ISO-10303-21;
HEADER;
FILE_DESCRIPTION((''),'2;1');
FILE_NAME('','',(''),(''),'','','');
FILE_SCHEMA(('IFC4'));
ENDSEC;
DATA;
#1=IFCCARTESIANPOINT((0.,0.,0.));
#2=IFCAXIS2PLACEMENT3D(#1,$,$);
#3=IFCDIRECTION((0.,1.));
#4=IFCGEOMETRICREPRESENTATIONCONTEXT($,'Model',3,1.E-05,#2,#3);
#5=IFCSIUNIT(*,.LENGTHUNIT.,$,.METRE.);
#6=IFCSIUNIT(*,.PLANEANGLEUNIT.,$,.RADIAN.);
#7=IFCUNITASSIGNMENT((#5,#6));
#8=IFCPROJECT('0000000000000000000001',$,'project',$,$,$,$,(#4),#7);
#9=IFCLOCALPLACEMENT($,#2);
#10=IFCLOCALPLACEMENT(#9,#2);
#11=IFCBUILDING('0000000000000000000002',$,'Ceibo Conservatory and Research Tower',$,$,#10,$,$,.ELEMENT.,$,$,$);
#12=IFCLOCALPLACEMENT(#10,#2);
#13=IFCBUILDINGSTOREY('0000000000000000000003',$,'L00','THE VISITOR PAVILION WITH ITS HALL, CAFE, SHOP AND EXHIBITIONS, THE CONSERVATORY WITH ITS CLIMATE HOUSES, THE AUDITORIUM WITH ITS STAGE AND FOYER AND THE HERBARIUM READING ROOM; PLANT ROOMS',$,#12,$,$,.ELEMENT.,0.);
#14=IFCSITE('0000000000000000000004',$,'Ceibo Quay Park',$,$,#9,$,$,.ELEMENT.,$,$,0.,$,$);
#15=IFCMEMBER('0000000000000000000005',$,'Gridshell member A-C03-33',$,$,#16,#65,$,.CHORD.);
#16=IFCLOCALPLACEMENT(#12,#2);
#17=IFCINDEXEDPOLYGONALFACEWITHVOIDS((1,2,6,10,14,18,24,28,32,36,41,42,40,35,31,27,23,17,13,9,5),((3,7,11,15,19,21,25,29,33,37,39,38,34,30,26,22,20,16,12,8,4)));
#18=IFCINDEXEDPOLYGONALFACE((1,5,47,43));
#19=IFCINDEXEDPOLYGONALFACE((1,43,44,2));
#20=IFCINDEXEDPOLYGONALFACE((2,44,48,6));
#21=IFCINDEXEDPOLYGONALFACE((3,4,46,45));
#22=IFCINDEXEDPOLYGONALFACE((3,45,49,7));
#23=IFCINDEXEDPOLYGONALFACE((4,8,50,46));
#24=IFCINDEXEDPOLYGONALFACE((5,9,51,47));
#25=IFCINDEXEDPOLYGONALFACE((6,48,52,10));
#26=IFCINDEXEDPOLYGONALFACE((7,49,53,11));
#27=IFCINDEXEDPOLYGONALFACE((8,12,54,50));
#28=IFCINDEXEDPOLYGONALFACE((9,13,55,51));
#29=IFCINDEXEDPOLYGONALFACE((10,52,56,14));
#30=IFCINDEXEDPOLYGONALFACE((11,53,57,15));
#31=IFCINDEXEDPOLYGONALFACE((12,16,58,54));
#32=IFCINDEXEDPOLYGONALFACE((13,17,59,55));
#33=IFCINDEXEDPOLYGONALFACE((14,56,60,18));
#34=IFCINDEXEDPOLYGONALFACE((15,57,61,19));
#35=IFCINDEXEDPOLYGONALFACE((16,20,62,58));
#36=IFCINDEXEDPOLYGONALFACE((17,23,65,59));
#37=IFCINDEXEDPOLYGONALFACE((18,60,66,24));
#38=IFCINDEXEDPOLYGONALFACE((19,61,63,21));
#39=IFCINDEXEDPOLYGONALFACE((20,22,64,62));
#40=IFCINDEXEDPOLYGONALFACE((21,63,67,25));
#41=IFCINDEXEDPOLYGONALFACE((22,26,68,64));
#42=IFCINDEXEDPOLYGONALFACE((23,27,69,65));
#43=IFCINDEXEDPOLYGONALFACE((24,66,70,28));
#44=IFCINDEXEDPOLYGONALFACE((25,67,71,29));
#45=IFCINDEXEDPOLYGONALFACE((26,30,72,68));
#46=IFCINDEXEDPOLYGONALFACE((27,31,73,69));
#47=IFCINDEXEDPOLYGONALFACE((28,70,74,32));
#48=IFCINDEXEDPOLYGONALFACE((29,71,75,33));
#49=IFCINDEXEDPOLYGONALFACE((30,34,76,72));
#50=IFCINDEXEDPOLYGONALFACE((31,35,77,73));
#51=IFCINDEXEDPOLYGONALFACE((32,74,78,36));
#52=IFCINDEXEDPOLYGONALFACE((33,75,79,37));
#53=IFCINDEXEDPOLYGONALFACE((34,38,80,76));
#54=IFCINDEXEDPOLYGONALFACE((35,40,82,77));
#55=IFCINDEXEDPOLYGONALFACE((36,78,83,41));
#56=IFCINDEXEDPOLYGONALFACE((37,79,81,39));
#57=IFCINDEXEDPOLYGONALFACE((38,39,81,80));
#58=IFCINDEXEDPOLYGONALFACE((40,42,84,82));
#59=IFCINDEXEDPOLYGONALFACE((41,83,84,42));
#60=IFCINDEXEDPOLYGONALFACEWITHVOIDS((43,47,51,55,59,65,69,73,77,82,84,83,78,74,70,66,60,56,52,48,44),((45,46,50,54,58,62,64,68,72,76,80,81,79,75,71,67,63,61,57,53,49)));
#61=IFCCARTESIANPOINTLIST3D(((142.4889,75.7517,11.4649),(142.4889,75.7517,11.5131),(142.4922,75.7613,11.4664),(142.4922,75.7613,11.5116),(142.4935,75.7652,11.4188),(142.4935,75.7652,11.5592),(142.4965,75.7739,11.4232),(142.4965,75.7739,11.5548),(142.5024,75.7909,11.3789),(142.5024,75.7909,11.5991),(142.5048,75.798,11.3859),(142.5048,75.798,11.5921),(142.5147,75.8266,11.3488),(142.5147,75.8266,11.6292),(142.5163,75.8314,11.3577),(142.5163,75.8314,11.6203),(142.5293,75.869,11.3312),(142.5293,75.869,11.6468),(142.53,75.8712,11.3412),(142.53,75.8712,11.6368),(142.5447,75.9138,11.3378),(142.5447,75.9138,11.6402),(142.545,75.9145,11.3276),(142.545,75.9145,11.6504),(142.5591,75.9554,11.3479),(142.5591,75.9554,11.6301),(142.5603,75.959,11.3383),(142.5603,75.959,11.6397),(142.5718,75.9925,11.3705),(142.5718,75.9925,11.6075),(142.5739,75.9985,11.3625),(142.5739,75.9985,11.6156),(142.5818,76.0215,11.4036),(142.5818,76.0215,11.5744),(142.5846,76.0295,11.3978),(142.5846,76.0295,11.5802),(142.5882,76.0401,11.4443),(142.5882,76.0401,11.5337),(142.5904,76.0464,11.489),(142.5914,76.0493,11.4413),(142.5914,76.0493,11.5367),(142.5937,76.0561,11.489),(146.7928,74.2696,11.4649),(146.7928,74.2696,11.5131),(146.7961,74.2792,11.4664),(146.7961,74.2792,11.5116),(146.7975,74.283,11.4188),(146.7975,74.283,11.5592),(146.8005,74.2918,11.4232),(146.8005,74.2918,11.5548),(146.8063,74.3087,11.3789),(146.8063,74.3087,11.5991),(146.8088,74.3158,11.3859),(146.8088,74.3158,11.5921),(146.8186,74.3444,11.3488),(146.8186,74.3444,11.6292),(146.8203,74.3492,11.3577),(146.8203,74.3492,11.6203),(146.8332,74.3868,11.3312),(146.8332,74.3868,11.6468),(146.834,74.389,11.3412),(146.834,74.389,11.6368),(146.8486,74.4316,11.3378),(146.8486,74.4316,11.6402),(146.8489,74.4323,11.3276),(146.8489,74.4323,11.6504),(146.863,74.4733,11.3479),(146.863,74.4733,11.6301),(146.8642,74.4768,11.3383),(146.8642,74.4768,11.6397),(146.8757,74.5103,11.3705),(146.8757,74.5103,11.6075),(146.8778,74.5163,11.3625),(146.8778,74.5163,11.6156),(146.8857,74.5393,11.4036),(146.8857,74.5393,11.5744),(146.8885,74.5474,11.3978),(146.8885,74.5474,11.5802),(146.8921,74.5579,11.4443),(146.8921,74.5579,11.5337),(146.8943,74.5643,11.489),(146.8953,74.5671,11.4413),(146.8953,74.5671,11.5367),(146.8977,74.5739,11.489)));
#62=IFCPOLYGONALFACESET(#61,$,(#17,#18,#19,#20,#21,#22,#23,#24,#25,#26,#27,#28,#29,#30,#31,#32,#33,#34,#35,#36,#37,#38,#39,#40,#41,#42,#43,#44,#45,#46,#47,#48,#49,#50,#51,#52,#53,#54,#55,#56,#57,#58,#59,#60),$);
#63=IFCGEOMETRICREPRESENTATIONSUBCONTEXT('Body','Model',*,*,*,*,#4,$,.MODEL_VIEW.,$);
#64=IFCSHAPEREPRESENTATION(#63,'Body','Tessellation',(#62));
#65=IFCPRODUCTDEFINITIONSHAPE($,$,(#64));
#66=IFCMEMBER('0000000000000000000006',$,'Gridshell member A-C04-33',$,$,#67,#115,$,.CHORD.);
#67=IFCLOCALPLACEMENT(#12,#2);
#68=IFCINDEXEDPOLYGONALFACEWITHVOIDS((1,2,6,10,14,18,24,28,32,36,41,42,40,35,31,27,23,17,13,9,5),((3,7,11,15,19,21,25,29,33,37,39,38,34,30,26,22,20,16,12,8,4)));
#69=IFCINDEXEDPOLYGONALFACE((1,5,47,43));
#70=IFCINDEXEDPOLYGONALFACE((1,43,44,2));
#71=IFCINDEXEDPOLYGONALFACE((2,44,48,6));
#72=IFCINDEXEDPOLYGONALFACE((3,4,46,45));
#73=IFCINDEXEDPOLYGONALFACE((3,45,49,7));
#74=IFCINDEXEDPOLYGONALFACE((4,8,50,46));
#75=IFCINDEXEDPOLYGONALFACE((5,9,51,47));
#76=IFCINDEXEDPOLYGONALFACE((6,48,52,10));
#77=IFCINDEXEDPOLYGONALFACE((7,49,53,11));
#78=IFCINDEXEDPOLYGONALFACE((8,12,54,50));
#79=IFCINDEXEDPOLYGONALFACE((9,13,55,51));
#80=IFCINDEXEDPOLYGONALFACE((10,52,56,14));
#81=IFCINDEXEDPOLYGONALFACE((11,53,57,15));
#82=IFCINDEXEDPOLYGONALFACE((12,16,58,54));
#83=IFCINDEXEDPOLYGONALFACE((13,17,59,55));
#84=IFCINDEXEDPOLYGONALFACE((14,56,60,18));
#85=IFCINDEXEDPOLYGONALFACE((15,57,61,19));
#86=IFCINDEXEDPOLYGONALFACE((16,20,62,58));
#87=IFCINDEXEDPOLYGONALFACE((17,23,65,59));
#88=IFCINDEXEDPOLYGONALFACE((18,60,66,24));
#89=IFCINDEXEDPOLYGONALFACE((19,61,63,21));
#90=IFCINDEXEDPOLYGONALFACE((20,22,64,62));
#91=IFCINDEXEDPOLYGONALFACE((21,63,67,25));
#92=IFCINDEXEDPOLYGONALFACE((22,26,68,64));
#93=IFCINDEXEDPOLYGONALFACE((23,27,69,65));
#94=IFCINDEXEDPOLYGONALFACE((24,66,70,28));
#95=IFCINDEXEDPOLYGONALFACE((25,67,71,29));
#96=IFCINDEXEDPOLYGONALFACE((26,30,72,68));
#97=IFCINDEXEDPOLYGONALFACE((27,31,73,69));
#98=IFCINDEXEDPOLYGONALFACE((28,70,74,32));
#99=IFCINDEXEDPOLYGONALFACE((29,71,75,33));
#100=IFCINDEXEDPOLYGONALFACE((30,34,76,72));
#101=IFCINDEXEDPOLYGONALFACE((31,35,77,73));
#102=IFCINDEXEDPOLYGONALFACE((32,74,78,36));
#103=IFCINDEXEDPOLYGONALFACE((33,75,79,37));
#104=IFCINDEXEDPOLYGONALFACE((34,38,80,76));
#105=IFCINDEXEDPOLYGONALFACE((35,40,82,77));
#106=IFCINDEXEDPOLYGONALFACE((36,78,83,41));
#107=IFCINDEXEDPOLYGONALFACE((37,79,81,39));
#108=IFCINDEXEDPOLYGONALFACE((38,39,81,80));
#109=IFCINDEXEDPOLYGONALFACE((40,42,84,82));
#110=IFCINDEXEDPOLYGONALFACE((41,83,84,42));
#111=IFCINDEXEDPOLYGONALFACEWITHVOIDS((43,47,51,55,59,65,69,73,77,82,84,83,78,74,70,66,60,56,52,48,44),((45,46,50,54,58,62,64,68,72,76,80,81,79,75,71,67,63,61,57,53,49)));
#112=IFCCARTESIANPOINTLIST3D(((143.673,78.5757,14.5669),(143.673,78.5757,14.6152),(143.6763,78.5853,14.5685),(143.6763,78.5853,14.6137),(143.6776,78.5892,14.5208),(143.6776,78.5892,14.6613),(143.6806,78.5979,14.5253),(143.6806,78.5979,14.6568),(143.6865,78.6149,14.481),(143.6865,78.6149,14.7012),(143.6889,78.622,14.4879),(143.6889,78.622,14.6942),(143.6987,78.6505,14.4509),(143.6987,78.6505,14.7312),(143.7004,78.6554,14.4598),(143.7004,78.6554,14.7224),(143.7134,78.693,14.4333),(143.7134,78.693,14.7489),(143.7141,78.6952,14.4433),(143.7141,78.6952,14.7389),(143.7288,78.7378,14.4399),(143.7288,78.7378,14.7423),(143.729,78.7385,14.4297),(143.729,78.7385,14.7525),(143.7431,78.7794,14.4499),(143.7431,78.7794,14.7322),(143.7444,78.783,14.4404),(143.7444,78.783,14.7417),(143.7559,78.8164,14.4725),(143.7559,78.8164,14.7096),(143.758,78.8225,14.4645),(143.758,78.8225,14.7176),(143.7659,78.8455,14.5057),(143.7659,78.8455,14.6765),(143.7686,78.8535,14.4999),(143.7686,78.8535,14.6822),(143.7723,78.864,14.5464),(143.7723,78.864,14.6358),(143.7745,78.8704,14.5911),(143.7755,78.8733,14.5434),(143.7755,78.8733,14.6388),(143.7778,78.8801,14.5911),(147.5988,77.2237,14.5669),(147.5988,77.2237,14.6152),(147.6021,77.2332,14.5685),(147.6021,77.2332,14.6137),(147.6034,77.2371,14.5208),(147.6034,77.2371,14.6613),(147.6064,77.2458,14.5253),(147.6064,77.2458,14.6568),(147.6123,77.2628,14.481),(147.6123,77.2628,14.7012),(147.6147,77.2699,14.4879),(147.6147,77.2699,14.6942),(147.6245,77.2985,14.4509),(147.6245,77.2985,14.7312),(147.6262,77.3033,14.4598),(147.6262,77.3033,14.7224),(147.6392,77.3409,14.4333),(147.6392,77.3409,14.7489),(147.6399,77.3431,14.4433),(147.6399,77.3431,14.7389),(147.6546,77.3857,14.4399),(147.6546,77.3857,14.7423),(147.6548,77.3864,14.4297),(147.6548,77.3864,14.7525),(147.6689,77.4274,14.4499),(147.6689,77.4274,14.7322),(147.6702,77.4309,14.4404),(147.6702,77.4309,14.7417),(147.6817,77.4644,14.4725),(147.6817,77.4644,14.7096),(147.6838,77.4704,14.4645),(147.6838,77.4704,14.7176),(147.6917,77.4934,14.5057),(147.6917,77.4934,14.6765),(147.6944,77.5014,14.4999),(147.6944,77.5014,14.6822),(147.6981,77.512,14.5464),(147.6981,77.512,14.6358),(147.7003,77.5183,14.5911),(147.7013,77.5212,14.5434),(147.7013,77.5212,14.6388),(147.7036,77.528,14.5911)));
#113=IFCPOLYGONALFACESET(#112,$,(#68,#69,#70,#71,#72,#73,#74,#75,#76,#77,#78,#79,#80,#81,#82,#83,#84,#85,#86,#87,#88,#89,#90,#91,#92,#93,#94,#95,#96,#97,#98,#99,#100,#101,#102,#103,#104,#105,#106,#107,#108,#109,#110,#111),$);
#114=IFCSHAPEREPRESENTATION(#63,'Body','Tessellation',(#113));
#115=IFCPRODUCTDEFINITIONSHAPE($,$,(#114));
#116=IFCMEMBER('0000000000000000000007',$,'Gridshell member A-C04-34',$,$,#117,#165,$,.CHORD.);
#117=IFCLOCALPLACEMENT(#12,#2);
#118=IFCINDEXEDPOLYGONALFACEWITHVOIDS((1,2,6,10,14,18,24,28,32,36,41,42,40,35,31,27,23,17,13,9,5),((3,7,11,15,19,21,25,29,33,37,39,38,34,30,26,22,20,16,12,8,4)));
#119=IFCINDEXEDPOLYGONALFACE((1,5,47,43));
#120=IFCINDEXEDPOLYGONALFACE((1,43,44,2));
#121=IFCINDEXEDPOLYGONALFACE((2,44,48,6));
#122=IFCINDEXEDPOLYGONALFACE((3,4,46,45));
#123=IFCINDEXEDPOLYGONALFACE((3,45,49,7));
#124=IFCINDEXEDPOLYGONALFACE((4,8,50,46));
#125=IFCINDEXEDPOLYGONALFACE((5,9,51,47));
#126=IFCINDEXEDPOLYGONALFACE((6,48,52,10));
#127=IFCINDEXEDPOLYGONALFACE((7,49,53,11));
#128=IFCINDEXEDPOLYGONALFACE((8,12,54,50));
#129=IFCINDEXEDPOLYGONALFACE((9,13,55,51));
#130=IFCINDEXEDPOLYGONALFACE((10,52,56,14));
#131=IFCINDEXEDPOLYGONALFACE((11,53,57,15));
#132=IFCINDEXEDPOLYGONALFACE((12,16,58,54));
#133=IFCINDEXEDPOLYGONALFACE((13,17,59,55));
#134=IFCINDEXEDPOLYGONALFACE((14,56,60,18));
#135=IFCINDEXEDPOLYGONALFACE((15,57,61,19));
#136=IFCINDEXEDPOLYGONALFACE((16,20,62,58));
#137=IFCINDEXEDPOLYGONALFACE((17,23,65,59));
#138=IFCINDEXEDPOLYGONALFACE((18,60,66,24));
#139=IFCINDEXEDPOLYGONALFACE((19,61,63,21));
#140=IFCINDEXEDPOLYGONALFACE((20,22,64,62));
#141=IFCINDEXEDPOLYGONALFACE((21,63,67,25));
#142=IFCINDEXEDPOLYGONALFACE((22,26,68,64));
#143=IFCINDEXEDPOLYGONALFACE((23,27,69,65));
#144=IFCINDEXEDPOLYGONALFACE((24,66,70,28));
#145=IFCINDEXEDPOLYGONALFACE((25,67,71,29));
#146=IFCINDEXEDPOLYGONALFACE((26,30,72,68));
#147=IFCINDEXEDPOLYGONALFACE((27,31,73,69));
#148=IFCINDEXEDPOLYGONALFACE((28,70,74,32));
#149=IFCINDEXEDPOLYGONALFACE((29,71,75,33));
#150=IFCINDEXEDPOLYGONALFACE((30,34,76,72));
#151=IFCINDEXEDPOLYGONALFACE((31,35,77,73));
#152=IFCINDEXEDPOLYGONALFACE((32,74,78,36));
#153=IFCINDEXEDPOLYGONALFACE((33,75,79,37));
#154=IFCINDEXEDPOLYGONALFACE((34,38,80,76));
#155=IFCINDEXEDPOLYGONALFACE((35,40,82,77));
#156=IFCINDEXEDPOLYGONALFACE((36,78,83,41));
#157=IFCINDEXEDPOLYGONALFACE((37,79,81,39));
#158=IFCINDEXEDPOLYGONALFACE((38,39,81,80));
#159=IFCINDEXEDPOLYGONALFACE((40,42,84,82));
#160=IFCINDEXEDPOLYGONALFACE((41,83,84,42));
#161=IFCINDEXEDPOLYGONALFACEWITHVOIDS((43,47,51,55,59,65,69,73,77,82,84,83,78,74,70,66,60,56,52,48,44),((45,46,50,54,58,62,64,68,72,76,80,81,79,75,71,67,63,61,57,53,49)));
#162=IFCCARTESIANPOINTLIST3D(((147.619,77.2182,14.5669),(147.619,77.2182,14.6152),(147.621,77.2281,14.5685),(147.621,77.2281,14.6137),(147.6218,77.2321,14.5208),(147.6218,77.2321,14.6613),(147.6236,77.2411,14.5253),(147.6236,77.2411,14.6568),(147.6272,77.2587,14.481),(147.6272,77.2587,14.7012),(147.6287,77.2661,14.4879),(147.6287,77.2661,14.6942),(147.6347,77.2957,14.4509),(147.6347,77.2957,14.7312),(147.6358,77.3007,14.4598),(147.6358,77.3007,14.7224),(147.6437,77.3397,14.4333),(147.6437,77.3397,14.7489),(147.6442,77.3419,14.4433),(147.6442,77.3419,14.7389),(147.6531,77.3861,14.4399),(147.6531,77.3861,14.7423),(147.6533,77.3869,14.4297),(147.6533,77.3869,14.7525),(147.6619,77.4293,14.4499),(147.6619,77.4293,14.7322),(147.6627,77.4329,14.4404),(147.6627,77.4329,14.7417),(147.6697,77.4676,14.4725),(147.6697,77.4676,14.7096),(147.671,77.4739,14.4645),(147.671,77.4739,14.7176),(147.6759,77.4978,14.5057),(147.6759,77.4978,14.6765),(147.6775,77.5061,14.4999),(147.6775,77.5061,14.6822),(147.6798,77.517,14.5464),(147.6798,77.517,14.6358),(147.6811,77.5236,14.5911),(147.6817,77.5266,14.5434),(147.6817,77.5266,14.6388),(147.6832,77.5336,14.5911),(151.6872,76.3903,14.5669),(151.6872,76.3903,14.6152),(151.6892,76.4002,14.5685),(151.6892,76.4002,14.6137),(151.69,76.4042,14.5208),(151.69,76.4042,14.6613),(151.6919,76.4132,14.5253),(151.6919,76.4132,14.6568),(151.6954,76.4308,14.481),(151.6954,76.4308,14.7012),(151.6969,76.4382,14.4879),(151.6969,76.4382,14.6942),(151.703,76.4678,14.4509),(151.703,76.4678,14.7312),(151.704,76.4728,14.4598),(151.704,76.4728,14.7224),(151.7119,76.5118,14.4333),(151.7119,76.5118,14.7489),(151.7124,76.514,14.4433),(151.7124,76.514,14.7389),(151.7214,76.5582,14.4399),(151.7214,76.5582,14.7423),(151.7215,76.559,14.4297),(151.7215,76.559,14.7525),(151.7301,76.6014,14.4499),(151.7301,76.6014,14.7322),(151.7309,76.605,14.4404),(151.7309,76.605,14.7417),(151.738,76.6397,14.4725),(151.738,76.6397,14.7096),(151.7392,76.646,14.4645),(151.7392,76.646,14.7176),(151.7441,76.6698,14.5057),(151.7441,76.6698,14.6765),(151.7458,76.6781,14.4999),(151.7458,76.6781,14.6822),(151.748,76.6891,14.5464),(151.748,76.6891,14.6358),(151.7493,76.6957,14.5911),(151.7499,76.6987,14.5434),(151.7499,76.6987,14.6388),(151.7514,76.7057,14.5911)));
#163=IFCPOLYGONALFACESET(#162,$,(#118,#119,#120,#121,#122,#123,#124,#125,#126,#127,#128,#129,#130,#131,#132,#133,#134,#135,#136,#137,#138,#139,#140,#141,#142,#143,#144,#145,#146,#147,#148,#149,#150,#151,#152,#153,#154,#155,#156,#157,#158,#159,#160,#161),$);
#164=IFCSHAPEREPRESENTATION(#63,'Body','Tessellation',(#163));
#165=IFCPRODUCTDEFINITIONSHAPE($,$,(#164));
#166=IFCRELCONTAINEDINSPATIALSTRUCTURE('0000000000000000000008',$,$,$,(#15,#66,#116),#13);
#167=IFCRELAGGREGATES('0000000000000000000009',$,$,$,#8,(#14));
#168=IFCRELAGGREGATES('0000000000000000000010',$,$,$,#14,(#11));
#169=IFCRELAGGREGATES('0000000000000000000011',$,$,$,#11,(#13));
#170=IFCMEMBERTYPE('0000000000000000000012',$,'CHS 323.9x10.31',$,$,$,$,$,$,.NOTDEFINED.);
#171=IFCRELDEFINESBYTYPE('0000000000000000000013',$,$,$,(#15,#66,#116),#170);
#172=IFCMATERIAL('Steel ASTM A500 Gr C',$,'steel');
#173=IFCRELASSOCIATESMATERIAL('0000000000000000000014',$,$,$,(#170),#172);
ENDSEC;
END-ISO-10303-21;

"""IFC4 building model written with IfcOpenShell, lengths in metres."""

from ifc_helpers import new_model, si_unit, direction, frame, origin, origin_2d, place, context, subcontext, project, spatial, hollow_circle, extrude, material, material_profile, profile_set, type_object, element, save


model = new_model("IFC4")

# Units and contexts
model_context = context("Model", 3, precision=1e-05, world=origin(), true_north=direction((0.0, 1.0)))
body_context = subcontext(model_context, "Body", "Model", "MODEL_VIEW")
ifc_project = project(units=[si_unit("LENGTHUNIT", "METRE"), si_unit("PLANEANGLEUNIT", "RADIAN")], contexts=[model_context])

# Site, building, storey
site_placement = place(None, origin())
site = spatial("IfcSite", under=ifc_project, at=site_placement, Name="Ceibo Quay Park", CompositionType="ELEMENT", RefElevation=0.0)
building_placement = place(site_placement, origin())
building = spatial("IfcBuilding", under=site, at=building_placement, Name="Ceibo Conservatory and Research Tower", CompositionType="ELEMENT")
storey_placement = place(building_placement, origin())
storey = spatial("IfcBuildingStorey", under=building, at=storey_placement, Name="L00", Description="THE VISITOR PAVILION WITH ITS HALL, CAFE, SHOP AND EXHIBITIONS, THE CONSERVATORY WITH ITS CLIMATE HOUSES, THE AUDITORIUM WITH ITS STAGE AND FOYER AND THE HERBARIUM READING ROOM; PLANT ROOMS", CompositionType="ELEMENT", Elevation=0.0)

# Members
ifc_material_1 = material(Name="Steel ASTM A500 Gr C", Category="steel")
ifc_material_profile_1 = material_profile(ifc_material_1, hollow_circle(Radius=0.1619, WallThickness=0.0103, at=origin_2d()), Name="CHS 323.9x10.31")
ifc_profile_set_1 = profile_set([ifc_material_profile_1], Name="Steel ASTM A500 Gr C")
member_type_1 = type_object("IfcMemberType", Name="CHS 323.9x10.31", PredefinedType="NOTDEFINED", material=ifc_profile_set_1)
member_1_placement = place(storey_placement, frame((142.541, 75.9031, 11.489), z_axis=(0.945505, -0.325609, 0.0), x_axis=(0.325609, 0.945505, 0.0)))
element("IfcMember", 1, at=member_1_placement, inside=storey, type_object=member_type_1, Name="Gridshell member A-C03-33", PredefinedType="CHORD", context=body_context, shape_type="SweptSolid", body=[
    extrude(hollow_circle(Radius=0.1619, WallThickness=0.0103, at=origin_2d()), origin(), (0.0, 0.0, 1.0), 4.552),
])
member_2_placement = place(storey_placement, frame((143.7251, 78.7271, 14.5911), z_axis=(0.945497, -0.325632, 0.0), x_axis=(0.325632, 0.945497, 0.0)))
element("IfcMember", 2, at=member_2_placement, inside=storey, type_object=member_type_1, Name="Gridshell member A-C04-33", PredefinedType="CHORD", context=body_context, shape_type="SweptSolid", body=[
    extrude(hollow_circle(Radius=0.1619, WallThickness=0.0103, at=origin_2d()), origin(), (0.0, 0.0, 1.0), 4.1521),
])
member_3_placement = place(storey_placement, frame((147.6509, 77.375, 14.5911), z_axis=(0.979915, -0.199417, 0.0), x_axis=(0.199417, 0.979915, 0.0)))
element("IfcMember", 3, at=member_3_placement, inside=storey, type_object=member_type_1, Name="Gridshell member A-C04-34", PredefinedType="CHORD", context=body_context, shape_type="SweptSolid", body=[
    extrude(hollow_circle(Radius=0.1619, WallThickness=0.0103, at=origin_2d()), origin(), (0.0, 0.0, 1.0), 4.1516),
])

save(model, "model.ifc")
